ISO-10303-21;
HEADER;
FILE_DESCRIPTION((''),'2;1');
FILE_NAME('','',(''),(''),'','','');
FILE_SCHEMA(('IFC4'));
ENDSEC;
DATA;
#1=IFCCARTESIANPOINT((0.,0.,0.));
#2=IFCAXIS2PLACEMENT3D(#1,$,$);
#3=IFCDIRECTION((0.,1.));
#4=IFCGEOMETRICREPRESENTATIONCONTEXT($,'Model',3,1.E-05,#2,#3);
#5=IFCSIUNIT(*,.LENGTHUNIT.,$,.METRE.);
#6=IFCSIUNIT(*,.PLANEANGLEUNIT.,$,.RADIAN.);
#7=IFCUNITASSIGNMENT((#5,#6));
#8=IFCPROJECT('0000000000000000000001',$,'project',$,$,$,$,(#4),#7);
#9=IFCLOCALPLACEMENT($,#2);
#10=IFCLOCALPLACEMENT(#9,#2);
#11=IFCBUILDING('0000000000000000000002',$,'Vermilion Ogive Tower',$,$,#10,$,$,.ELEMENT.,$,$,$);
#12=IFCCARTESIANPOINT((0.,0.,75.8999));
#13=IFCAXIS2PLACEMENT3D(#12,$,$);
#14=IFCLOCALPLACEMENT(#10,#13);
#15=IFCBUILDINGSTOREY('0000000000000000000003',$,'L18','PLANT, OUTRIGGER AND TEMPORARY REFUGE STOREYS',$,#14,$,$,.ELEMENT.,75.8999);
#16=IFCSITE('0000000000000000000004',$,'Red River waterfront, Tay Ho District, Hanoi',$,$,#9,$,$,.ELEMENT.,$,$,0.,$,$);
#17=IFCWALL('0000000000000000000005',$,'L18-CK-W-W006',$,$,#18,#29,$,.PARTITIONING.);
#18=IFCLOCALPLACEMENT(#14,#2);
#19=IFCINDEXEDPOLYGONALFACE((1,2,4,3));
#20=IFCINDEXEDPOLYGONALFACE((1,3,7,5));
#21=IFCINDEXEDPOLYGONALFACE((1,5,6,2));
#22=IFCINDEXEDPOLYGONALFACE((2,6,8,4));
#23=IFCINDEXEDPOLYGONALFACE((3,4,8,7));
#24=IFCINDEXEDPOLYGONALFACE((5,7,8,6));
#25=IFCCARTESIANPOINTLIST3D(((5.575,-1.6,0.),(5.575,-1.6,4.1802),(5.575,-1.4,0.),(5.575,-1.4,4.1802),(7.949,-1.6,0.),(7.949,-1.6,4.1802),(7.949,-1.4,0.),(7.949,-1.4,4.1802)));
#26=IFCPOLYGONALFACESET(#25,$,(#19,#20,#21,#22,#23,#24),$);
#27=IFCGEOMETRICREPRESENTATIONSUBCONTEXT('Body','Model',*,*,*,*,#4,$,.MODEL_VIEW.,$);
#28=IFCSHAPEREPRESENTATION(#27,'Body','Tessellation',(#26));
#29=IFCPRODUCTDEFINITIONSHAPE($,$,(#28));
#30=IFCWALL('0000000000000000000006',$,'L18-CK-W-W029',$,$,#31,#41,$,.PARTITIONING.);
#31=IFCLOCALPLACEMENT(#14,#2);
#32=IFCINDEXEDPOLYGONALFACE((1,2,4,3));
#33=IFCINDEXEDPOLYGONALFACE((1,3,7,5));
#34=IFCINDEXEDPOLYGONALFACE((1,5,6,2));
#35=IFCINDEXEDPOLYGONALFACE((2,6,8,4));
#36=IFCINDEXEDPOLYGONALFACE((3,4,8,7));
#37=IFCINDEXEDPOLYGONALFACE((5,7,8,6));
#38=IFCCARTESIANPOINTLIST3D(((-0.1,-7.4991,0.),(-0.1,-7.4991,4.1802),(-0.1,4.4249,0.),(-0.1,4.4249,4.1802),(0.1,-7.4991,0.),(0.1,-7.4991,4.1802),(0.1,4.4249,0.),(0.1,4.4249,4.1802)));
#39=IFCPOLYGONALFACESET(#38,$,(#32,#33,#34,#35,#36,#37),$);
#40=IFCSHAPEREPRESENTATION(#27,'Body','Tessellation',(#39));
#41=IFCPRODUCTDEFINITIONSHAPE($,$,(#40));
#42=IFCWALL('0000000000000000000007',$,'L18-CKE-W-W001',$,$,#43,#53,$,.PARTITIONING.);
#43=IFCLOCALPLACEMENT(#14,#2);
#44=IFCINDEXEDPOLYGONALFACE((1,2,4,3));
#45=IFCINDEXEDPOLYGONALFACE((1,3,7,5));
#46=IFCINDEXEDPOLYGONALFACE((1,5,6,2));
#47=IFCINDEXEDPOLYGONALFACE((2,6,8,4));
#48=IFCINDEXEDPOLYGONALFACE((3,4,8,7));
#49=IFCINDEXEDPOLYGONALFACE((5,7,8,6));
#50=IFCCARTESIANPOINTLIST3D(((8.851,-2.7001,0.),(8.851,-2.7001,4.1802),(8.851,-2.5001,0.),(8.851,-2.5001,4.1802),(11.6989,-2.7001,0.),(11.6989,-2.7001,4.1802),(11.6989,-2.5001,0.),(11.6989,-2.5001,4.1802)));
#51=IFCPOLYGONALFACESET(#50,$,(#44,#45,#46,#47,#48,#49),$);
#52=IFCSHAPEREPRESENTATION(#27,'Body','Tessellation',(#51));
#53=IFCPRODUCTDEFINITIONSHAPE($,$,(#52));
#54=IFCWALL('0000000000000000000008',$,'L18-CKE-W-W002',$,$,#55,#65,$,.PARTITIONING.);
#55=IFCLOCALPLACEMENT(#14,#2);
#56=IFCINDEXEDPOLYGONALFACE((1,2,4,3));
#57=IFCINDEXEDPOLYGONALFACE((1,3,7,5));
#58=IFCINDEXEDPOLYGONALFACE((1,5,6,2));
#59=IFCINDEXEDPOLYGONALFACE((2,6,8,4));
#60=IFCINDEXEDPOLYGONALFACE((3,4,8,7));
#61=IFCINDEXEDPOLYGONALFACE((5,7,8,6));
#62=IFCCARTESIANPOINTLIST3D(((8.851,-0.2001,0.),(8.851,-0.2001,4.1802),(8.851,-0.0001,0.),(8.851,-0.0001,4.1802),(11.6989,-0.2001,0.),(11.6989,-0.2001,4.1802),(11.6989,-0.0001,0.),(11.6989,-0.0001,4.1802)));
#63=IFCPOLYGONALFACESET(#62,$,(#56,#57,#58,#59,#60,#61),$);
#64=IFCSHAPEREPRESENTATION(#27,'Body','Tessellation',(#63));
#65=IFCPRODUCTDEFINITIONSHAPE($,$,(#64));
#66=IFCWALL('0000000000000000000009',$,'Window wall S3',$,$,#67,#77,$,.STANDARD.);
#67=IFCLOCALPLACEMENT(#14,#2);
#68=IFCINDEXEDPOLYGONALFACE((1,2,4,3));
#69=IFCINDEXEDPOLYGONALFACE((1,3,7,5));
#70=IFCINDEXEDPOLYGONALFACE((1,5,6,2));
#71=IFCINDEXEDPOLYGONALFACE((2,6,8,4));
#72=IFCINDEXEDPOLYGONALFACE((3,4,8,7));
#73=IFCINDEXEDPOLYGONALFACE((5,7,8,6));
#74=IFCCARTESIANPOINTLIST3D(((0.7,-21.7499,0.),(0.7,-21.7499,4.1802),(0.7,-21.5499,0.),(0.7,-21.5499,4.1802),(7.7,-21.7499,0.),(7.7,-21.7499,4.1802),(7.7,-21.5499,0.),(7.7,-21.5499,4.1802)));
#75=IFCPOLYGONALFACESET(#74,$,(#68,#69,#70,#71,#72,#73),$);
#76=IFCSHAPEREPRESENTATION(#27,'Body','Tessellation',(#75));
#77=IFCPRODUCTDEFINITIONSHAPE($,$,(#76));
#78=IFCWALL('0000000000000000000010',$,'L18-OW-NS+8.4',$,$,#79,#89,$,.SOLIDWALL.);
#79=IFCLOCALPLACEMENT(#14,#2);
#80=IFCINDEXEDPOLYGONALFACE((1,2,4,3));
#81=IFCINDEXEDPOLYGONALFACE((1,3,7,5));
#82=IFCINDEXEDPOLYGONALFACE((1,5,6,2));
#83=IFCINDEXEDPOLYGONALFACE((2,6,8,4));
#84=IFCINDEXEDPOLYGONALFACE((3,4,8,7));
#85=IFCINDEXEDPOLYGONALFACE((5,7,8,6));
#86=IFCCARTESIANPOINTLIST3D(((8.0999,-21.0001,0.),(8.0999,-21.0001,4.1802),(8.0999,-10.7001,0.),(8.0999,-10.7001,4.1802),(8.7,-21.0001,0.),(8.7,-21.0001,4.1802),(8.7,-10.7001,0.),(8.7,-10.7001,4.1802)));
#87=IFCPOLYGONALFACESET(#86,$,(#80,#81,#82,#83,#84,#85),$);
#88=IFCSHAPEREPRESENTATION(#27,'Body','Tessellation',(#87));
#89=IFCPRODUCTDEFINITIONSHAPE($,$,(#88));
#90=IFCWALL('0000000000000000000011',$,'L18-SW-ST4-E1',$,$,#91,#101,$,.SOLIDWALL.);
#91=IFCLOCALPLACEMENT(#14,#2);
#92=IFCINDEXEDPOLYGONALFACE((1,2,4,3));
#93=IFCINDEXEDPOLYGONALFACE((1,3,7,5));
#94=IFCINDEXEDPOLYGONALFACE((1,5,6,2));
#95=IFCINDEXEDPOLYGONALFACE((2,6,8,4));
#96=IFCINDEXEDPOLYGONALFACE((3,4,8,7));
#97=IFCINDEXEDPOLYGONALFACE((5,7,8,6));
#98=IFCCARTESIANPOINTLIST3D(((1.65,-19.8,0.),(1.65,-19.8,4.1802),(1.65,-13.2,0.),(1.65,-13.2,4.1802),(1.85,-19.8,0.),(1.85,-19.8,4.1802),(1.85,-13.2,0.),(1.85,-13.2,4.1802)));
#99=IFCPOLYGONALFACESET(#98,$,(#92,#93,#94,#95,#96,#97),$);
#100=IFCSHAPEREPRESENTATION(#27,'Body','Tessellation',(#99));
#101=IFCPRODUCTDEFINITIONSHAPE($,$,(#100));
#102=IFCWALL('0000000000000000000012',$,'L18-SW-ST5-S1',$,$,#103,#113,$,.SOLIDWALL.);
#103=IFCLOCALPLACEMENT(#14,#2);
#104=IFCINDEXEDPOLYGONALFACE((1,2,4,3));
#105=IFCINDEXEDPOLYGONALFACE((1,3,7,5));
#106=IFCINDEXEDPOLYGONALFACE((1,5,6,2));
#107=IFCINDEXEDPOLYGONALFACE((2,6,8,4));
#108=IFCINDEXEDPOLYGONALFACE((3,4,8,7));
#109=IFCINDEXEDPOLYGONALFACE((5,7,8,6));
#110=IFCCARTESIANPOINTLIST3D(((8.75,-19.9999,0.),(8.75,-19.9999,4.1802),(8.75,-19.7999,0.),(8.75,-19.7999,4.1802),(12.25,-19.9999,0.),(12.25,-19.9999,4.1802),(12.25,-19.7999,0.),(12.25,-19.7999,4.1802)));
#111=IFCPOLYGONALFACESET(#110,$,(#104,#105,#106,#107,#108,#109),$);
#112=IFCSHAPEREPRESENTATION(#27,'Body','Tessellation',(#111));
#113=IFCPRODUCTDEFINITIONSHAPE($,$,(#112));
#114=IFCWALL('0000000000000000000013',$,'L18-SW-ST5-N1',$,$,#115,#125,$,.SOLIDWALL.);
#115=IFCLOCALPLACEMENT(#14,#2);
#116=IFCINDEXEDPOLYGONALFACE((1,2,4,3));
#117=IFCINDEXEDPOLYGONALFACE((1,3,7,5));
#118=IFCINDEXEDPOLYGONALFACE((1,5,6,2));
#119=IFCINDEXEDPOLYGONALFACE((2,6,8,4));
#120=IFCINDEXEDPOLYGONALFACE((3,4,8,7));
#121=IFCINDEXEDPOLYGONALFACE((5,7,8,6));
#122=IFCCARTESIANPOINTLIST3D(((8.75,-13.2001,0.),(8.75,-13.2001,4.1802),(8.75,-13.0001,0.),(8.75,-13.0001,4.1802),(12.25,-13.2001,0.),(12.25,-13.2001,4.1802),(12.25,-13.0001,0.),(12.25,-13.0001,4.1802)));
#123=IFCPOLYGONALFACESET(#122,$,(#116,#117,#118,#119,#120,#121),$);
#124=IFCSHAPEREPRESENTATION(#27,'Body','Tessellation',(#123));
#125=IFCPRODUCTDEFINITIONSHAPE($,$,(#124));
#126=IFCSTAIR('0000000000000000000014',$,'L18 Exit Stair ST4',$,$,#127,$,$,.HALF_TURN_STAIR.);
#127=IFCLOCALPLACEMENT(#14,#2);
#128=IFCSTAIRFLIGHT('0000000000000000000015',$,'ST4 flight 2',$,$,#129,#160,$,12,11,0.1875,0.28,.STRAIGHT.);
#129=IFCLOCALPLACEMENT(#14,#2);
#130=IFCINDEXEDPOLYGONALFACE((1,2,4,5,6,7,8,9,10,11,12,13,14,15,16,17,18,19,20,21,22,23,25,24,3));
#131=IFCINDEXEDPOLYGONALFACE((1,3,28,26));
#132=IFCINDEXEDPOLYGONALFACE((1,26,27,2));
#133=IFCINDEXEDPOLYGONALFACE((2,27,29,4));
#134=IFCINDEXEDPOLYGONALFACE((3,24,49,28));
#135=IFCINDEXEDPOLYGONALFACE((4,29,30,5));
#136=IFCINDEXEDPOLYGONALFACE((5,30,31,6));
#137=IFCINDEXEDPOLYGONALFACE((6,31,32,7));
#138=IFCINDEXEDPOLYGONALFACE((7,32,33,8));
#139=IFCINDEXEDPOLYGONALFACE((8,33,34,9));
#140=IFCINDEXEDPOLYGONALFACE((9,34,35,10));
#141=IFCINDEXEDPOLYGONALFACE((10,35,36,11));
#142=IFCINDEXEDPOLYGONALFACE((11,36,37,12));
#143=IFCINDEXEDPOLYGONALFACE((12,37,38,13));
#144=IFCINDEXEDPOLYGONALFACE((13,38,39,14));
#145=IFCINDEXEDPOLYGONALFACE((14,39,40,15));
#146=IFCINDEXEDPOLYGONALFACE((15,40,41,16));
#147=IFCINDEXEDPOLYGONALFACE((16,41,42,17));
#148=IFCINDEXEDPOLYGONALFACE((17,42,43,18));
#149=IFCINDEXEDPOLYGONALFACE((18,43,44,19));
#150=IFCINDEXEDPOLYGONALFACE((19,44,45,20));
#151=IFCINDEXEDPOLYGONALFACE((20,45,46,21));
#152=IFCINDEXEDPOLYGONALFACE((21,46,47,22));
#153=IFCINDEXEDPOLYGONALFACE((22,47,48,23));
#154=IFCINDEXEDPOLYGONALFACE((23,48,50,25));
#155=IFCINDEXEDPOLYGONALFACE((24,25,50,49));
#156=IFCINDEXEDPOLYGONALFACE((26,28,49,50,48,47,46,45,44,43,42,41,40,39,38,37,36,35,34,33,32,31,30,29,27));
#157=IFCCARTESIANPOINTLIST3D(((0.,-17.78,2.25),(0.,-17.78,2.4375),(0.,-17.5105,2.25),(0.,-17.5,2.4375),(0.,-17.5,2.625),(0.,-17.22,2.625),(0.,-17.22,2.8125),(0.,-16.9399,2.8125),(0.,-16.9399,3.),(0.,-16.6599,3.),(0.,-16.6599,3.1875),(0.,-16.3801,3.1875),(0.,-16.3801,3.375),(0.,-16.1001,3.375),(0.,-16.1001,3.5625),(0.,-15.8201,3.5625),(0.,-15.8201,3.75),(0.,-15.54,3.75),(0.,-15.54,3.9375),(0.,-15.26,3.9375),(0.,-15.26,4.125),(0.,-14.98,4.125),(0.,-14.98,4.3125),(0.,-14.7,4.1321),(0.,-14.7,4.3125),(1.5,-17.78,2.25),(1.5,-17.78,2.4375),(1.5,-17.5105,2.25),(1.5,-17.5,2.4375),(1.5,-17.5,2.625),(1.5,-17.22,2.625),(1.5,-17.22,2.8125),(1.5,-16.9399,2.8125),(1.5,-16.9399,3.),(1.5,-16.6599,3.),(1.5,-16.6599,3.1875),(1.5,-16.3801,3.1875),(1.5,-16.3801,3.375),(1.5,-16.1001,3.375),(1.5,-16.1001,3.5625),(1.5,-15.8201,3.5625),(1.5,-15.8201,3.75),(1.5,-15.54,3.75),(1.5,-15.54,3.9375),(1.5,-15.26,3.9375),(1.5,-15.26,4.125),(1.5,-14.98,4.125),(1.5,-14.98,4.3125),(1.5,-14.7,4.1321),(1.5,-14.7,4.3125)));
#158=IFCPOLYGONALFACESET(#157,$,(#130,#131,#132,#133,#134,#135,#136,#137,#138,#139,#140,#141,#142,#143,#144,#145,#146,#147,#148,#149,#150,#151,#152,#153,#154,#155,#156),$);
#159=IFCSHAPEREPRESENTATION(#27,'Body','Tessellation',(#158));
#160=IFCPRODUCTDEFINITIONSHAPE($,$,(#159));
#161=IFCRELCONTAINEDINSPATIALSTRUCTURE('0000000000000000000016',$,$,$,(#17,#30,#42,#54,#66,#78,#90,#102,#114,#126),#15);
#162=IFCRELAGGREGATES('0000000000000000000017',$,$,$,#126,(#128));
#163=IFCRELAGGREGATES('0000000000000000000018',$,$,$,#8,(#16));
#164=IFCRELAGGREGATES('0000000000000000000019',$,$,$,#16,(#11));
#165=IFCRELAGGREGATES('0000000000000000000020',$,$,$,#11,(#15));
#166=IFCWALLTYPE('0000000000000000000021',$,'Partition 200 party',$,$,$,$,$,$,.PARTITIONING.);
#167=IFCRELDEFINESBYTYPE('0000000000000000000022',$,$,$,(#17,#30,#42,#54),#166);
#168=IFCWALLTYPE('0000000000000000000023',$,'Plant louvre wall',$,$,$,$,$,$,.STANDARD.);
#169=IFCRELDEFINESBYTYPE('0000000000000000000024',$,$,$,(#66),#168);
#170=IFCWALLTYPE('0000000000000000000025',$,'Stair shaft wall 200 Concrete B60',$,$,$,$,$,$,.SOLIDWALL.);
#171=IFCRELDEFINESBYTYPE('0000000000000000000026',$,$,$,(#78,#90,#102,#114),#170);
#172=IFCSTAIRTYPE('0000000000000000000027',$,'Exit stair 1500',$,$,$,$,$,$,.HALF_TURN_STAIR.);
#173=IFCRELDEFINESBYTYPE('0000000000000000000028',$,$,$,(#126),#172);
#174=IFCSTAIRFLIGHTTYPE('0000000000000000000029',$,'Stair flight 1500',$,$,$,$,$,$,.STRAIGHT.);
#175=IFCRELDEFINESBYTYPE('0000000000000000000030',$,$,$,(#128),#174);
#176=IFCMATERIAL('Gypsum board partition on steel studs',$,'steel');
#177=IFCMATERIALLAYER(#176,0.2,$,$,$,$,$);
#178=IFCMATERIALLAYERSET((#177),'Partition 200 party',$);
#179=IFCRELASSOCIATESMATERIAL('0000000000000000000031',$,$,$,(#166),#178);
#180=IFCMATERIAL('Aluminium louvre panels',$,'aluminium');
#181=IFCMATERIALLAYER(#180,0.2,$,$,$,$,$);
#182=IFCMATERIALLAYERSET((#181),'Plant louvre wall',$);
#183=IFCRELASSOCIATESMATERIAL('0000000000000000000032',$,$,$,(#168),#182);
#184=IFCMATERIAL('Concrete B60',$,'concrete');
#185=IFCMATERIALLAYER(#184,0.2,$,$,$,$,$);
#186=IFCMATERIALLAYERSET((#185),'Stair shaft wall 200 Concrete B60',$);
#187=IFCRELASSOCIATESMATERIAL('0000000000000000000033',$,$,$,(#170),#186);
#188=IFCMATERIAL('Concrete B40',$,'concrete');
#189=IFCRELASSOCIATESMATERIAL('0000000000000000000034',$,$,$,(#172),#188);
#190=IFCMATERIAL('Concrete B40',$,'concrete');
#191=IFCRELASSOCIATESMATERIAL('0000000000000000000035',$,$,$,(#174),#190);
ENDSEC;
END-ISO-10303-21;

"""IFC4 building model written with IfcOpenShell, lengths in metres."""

from ifc_helpers import new_model, si_unit, direction, frame, frame_2d, origin, place, context, subcontext, project, spatial, polyline, rectangle, outline, extrude, material, layer, layer_set, type_object, element, aggregate, save


model = new_model("IFC4")

# Units and contexts
model_context = context("Model", 3, precision=1e-05, world=origin(), true_north=direction((0.0, 1.0)))
body_context = subcontext(model_context, "Body", "Model", "MODEL_VIEW")
ifc_project = project(units=[si_unit("LENGTHUNIT", "METRE"), si_unit("PLANEANGLEUNIT", "RADIAN")], contexts=[model_context])

# Site, building, storey
site_placement = place(None, origin())
site = spatial("IfcSite", under=ifc_project, at=site_placement, Name="Red River waterfront, Tay Ho District, Hanoi", CompositionType="ELEMENT", RefElevation=0.0)
building_placement = place(site_placement, origin())
building = spatial("IfcBuilding", under=site, at=building_placement, Name="Vermilion Ogive Tower", CompositionType="ELEMENT")
storey_placement = place(building_placement, frame((0.0, 0.0, 75.8999)))
storey = spatial("IfcBuildingStorey", under=building, at=storey_placement, Name="L18", Description="PLANT, OUTRIGGER AND TEMPORARY REFUGE STOREYS", CompositionType="ELEMENT", Elevation=75.8999)

# Walls
ifc_material_1 = material(Name="Gypsum board partition on steel studs", Category="steel")
ifc_layer_1 = layer(ifc_material_1, 0.2)
ifc_layer_set_1 = layer_set([ifc_layer_1], Name="Partition 200 party")
wall_type_1 = type_object("IfcWallType", Name="Partition 200 party", PredefinedType="PARTITIONING", material=ifc_layer_set_1)
for number, where, z_axis, x_axis, name in (
    (1, (5.575, -1.5, 0.0), (0.0, 0.0, 1.0), (1.0, 0.0, 0.0), "L18-CK-W-W006"),
):
    element("IfcWall", number, at=place(storey_placement, frame(where, z_axis=z_axis, x_axis=x_axis)), inside=storey, type_object=wall_type_1, Name=name, PredefinedType="PARTITIONING", context=body_context, shape_type="SweptSolid", body=[
        extrude(rectangle(XDim=2.374, YDim=0.2, at=frame_2d((1.187, 0.0))), origin(), (0.0, 0.0, 1.0), 4.1802),
    ])
wall_1_placement = place(storey_placement, frame((0.0, -7.499, 0.0), z_axis=(0.0, 0.0, 1.0), x_axis=(0.0, 1.0, 0.0)))
element("IfcWall", 2, at=wall_1_placement, inside=storey, type_object=wall_type_1, Name="L18-CK-W-W029", PredefinedType="PARTITIONING", context=body_context, shape_type="SweptSolid", body=[
    extrude(rectangle(XDim=11.9241, YDim=0.2, at=frame_2d((5.9619, 0.0))), origin(), (0.0, 0.0, 1.0), 4.1802),
])
for number, where, z_axis, x_axis, name in (
    (3, (8.8511, -2.6001, 0.0), (0.0, 0.0, 1.0), (1.0, 0.0, 0.0), "L18-CKE-W-W001"),
    (4, (8.8511, -0.1001, 0.0), (0.0, 0.0, 1.0), (1.0, 0.0, 0.0), "L18-CKE-W-W002"),
):
    element("IfcWall", number, at=place(storey_placement, frame(where, z_axis=z_axis, x_axis=x_axis)), inside=storey, type_object=wall_type_1, Name=name, PredefinedType="PARTITIONING", context=body_context, shape_type="SweptSolid", body=[
        extrude(rectangle(XDim=2.8479, YDim=0.2, at=frame_2d((1.4238, 0.0))), origin(), (0.0, 0.0, 1.0), 4.1802),
    ])
ifc_material_2 = material(Name="Aluminium louvre panels", Category="aluminium")
ifc_layer_2 = layer(ifc_material_2, 0.2)
ifc_layer_set_2 = layer_set([ifc_layer_2], Name="Plant louvre wall")
wall_type_2 = type_object("IfcWallType", Name="Plant louvre wall", PredefinedType="STANDARD", material=ifc_layer_set_2)
wall_2_placement = place(storey_placement, frame((0.7, -21.6499, 0.0), z_axis=(0.0, 0.0, 1.0), x_axis=(1.0, 0.0, 0.0)))
element("IfcWall", 5, at=wall_2_placement, inside=storey, type_object=wall_type_2, Name="Window wall S3", PredefinedType="STANDARD", context=body_context, shape_type="SweptSolid", body=[
    extrude(rectangle(XDim=7.0, YDim=0.2, at=frame_2d((3.5, 0.0))), origin(), (0.0, 0.0, 1.0), 4.1802),
])
ifc_material_3 = material(Name="Concrete B60", Category="concrete")
ifc_layer_3 = layer(ifc_material_3, 0.2)
ifc_layer_set_3 = layer_set([ifc_layer_3], Name="Stair shaft wall 200 Concrete B60")
wall_type_3 = type_object("IfcWallType", Name="Stair shaft wall 200 Concrete B60", PredefinedType="SOLIDWALL", material=ifc_layer_set_3)
wall_3_placement = place(storey_placement, frame((8.3999, -21.0, 0.0), z_axis=(0.0, 0.0, 1.0), x_axis=(0.0, 1.0, 0.0)))
element("IfcWall", 6, at=wall_3_placement, inside=storey, type_object=wall_type_3, Name="L18-OW-NS+8.4", PredefinedType="SOLIDWALL", context=body_context, shape_type="SweptSolid", body=[
    extrude(rectangle(XDim=10.3, YDim=0.6001, at=frame_2d((5.1499, 0.0))), origin(), (0.0, 0.0, 1.0), 4.1802),
])
wall_4_placement = place(storey_placement, frame((1.75, -19.8, 0.0), z_axis=(0.0, 0.0, 1.0), x_axis=(0.0, 1.0, 0.0)))
element("IfcWall", 7, at=wall_4_placement, inside=storey, type_object=wall_type_3, Name="L18-SW-ST4-E1", PredefinedType="SOLIDWALL", context=body_context, shape_type="SweptSolid", body=[
    extrude(rectangle(XDim=6.6001, YDim=0.2, at=frame_2d((3.3, 0.0))), origin(), (0.0, 0.0, 1.0), 4.1802),
])
for number, where, z_axis, x_axis, name in (
    (8, (8.75, -19.8999, 0.0), (0.0, 0.0, 1.0), (1.0, 0.0, 0.0), "L18-SW-ST5-S1"),
    (9, (8.75, -13.1001, 0.0), (0.0, 0.0, 1.0), (1.0, 0.0, 0.0), "L18-SW-ST5-N1"),
):
    element("IfcWall", number, at=place(storey_placement, frame(where, z_axis=z_axis, x_axis=x_axis)), inside=storey, type_object=wall_type_3, Name=name, PredefinedType="SOLIDWALL", context=body_context, shape_type="SweptSolid", body=[
        extrude(rectangle(XDim=3.5, YDim=0.2, at=frame_2d((1.75, 0.0))), origin(), (0.0, 0.0, 1.0), 4.1802),
    ])

# Stair, stair flight
ifc_material_4 = material(Name="Concrete B40", Category="concrete")
stair_type = type_object("IfcStairType", Name="Exit stair 1500", PredefinedType="HALF_TURN_STAIR", material=ifc_material_4)
stair_placement = place(storey_placement, origin())
stair = element("IfcStair", 10, at=stair_placement, inside=storey, type_object=stair_type, Name="L18 Exit Stair ST4", PredefinedType="HALF_TURN_STAIR")
ifc_material_5 = material(Name="Concrete B40", Category="concrete")
stair_flight_type = type_object("IfcStairFlightType", Name="Stair flight 1500", PredefinedType="STRAIGHT", material=ifc_material_5)
stair_flight_placement = place(storey_placement, frame((0.75, -17.78, 2.25), z_axis=(0.0, 0.0, 1.0), x_axis=(0.0, 1.0, 0.0)))
stair_flight = element("IfcStairFlight", 11, at=stair_flight_placement, type_object=stair_flight_type, Name="ST4 flight 2", NumberOfRisers=12, NumberOfTreads=11, PredefinedType="STRAIGHT", RiserHeight=0.1875, TreadLength=0.28, context=body_context, shape_type="SweptSolid", body=[
    extrude(outline(polyline([(0.0, 0.0), (0.0, 0.1875), (0.28, 0.1875), (0.28, 0.375), (0.5601, 0.375), (0.5601, 0.5625), (0.8401, 0.5625), (0.8401, 0.75), (1.1201, 0.75), (1.1201, 0.9375), (1.3999, 0.9375), (1.3999, 1.125), (1.6799, 1.125), (1.6799, 1.3125), (1.96, 1.3125), (1.96, 1.5), (2.24, 1.5), (2.24, 1.6875), (2.52, 1.6875), (2.52, 1.875), (2.8, 1.875), (2.8, 2.0625), (3.0801, 2.0625), (3.0801, 2.25), (3.0801, 1.8821), (0.2695, 0.0), (0.0, 0.0)])), frame((0.0, 0.75, 0.0), z_axis=(0.0, -1.0, 0.0), x_axis=(1.0, 0.0, 0.0)), (0.0, 0.0, 1.0), 1.5),
])
aggregate(stair, [stair_flight])

save(model, "model.ifc")
